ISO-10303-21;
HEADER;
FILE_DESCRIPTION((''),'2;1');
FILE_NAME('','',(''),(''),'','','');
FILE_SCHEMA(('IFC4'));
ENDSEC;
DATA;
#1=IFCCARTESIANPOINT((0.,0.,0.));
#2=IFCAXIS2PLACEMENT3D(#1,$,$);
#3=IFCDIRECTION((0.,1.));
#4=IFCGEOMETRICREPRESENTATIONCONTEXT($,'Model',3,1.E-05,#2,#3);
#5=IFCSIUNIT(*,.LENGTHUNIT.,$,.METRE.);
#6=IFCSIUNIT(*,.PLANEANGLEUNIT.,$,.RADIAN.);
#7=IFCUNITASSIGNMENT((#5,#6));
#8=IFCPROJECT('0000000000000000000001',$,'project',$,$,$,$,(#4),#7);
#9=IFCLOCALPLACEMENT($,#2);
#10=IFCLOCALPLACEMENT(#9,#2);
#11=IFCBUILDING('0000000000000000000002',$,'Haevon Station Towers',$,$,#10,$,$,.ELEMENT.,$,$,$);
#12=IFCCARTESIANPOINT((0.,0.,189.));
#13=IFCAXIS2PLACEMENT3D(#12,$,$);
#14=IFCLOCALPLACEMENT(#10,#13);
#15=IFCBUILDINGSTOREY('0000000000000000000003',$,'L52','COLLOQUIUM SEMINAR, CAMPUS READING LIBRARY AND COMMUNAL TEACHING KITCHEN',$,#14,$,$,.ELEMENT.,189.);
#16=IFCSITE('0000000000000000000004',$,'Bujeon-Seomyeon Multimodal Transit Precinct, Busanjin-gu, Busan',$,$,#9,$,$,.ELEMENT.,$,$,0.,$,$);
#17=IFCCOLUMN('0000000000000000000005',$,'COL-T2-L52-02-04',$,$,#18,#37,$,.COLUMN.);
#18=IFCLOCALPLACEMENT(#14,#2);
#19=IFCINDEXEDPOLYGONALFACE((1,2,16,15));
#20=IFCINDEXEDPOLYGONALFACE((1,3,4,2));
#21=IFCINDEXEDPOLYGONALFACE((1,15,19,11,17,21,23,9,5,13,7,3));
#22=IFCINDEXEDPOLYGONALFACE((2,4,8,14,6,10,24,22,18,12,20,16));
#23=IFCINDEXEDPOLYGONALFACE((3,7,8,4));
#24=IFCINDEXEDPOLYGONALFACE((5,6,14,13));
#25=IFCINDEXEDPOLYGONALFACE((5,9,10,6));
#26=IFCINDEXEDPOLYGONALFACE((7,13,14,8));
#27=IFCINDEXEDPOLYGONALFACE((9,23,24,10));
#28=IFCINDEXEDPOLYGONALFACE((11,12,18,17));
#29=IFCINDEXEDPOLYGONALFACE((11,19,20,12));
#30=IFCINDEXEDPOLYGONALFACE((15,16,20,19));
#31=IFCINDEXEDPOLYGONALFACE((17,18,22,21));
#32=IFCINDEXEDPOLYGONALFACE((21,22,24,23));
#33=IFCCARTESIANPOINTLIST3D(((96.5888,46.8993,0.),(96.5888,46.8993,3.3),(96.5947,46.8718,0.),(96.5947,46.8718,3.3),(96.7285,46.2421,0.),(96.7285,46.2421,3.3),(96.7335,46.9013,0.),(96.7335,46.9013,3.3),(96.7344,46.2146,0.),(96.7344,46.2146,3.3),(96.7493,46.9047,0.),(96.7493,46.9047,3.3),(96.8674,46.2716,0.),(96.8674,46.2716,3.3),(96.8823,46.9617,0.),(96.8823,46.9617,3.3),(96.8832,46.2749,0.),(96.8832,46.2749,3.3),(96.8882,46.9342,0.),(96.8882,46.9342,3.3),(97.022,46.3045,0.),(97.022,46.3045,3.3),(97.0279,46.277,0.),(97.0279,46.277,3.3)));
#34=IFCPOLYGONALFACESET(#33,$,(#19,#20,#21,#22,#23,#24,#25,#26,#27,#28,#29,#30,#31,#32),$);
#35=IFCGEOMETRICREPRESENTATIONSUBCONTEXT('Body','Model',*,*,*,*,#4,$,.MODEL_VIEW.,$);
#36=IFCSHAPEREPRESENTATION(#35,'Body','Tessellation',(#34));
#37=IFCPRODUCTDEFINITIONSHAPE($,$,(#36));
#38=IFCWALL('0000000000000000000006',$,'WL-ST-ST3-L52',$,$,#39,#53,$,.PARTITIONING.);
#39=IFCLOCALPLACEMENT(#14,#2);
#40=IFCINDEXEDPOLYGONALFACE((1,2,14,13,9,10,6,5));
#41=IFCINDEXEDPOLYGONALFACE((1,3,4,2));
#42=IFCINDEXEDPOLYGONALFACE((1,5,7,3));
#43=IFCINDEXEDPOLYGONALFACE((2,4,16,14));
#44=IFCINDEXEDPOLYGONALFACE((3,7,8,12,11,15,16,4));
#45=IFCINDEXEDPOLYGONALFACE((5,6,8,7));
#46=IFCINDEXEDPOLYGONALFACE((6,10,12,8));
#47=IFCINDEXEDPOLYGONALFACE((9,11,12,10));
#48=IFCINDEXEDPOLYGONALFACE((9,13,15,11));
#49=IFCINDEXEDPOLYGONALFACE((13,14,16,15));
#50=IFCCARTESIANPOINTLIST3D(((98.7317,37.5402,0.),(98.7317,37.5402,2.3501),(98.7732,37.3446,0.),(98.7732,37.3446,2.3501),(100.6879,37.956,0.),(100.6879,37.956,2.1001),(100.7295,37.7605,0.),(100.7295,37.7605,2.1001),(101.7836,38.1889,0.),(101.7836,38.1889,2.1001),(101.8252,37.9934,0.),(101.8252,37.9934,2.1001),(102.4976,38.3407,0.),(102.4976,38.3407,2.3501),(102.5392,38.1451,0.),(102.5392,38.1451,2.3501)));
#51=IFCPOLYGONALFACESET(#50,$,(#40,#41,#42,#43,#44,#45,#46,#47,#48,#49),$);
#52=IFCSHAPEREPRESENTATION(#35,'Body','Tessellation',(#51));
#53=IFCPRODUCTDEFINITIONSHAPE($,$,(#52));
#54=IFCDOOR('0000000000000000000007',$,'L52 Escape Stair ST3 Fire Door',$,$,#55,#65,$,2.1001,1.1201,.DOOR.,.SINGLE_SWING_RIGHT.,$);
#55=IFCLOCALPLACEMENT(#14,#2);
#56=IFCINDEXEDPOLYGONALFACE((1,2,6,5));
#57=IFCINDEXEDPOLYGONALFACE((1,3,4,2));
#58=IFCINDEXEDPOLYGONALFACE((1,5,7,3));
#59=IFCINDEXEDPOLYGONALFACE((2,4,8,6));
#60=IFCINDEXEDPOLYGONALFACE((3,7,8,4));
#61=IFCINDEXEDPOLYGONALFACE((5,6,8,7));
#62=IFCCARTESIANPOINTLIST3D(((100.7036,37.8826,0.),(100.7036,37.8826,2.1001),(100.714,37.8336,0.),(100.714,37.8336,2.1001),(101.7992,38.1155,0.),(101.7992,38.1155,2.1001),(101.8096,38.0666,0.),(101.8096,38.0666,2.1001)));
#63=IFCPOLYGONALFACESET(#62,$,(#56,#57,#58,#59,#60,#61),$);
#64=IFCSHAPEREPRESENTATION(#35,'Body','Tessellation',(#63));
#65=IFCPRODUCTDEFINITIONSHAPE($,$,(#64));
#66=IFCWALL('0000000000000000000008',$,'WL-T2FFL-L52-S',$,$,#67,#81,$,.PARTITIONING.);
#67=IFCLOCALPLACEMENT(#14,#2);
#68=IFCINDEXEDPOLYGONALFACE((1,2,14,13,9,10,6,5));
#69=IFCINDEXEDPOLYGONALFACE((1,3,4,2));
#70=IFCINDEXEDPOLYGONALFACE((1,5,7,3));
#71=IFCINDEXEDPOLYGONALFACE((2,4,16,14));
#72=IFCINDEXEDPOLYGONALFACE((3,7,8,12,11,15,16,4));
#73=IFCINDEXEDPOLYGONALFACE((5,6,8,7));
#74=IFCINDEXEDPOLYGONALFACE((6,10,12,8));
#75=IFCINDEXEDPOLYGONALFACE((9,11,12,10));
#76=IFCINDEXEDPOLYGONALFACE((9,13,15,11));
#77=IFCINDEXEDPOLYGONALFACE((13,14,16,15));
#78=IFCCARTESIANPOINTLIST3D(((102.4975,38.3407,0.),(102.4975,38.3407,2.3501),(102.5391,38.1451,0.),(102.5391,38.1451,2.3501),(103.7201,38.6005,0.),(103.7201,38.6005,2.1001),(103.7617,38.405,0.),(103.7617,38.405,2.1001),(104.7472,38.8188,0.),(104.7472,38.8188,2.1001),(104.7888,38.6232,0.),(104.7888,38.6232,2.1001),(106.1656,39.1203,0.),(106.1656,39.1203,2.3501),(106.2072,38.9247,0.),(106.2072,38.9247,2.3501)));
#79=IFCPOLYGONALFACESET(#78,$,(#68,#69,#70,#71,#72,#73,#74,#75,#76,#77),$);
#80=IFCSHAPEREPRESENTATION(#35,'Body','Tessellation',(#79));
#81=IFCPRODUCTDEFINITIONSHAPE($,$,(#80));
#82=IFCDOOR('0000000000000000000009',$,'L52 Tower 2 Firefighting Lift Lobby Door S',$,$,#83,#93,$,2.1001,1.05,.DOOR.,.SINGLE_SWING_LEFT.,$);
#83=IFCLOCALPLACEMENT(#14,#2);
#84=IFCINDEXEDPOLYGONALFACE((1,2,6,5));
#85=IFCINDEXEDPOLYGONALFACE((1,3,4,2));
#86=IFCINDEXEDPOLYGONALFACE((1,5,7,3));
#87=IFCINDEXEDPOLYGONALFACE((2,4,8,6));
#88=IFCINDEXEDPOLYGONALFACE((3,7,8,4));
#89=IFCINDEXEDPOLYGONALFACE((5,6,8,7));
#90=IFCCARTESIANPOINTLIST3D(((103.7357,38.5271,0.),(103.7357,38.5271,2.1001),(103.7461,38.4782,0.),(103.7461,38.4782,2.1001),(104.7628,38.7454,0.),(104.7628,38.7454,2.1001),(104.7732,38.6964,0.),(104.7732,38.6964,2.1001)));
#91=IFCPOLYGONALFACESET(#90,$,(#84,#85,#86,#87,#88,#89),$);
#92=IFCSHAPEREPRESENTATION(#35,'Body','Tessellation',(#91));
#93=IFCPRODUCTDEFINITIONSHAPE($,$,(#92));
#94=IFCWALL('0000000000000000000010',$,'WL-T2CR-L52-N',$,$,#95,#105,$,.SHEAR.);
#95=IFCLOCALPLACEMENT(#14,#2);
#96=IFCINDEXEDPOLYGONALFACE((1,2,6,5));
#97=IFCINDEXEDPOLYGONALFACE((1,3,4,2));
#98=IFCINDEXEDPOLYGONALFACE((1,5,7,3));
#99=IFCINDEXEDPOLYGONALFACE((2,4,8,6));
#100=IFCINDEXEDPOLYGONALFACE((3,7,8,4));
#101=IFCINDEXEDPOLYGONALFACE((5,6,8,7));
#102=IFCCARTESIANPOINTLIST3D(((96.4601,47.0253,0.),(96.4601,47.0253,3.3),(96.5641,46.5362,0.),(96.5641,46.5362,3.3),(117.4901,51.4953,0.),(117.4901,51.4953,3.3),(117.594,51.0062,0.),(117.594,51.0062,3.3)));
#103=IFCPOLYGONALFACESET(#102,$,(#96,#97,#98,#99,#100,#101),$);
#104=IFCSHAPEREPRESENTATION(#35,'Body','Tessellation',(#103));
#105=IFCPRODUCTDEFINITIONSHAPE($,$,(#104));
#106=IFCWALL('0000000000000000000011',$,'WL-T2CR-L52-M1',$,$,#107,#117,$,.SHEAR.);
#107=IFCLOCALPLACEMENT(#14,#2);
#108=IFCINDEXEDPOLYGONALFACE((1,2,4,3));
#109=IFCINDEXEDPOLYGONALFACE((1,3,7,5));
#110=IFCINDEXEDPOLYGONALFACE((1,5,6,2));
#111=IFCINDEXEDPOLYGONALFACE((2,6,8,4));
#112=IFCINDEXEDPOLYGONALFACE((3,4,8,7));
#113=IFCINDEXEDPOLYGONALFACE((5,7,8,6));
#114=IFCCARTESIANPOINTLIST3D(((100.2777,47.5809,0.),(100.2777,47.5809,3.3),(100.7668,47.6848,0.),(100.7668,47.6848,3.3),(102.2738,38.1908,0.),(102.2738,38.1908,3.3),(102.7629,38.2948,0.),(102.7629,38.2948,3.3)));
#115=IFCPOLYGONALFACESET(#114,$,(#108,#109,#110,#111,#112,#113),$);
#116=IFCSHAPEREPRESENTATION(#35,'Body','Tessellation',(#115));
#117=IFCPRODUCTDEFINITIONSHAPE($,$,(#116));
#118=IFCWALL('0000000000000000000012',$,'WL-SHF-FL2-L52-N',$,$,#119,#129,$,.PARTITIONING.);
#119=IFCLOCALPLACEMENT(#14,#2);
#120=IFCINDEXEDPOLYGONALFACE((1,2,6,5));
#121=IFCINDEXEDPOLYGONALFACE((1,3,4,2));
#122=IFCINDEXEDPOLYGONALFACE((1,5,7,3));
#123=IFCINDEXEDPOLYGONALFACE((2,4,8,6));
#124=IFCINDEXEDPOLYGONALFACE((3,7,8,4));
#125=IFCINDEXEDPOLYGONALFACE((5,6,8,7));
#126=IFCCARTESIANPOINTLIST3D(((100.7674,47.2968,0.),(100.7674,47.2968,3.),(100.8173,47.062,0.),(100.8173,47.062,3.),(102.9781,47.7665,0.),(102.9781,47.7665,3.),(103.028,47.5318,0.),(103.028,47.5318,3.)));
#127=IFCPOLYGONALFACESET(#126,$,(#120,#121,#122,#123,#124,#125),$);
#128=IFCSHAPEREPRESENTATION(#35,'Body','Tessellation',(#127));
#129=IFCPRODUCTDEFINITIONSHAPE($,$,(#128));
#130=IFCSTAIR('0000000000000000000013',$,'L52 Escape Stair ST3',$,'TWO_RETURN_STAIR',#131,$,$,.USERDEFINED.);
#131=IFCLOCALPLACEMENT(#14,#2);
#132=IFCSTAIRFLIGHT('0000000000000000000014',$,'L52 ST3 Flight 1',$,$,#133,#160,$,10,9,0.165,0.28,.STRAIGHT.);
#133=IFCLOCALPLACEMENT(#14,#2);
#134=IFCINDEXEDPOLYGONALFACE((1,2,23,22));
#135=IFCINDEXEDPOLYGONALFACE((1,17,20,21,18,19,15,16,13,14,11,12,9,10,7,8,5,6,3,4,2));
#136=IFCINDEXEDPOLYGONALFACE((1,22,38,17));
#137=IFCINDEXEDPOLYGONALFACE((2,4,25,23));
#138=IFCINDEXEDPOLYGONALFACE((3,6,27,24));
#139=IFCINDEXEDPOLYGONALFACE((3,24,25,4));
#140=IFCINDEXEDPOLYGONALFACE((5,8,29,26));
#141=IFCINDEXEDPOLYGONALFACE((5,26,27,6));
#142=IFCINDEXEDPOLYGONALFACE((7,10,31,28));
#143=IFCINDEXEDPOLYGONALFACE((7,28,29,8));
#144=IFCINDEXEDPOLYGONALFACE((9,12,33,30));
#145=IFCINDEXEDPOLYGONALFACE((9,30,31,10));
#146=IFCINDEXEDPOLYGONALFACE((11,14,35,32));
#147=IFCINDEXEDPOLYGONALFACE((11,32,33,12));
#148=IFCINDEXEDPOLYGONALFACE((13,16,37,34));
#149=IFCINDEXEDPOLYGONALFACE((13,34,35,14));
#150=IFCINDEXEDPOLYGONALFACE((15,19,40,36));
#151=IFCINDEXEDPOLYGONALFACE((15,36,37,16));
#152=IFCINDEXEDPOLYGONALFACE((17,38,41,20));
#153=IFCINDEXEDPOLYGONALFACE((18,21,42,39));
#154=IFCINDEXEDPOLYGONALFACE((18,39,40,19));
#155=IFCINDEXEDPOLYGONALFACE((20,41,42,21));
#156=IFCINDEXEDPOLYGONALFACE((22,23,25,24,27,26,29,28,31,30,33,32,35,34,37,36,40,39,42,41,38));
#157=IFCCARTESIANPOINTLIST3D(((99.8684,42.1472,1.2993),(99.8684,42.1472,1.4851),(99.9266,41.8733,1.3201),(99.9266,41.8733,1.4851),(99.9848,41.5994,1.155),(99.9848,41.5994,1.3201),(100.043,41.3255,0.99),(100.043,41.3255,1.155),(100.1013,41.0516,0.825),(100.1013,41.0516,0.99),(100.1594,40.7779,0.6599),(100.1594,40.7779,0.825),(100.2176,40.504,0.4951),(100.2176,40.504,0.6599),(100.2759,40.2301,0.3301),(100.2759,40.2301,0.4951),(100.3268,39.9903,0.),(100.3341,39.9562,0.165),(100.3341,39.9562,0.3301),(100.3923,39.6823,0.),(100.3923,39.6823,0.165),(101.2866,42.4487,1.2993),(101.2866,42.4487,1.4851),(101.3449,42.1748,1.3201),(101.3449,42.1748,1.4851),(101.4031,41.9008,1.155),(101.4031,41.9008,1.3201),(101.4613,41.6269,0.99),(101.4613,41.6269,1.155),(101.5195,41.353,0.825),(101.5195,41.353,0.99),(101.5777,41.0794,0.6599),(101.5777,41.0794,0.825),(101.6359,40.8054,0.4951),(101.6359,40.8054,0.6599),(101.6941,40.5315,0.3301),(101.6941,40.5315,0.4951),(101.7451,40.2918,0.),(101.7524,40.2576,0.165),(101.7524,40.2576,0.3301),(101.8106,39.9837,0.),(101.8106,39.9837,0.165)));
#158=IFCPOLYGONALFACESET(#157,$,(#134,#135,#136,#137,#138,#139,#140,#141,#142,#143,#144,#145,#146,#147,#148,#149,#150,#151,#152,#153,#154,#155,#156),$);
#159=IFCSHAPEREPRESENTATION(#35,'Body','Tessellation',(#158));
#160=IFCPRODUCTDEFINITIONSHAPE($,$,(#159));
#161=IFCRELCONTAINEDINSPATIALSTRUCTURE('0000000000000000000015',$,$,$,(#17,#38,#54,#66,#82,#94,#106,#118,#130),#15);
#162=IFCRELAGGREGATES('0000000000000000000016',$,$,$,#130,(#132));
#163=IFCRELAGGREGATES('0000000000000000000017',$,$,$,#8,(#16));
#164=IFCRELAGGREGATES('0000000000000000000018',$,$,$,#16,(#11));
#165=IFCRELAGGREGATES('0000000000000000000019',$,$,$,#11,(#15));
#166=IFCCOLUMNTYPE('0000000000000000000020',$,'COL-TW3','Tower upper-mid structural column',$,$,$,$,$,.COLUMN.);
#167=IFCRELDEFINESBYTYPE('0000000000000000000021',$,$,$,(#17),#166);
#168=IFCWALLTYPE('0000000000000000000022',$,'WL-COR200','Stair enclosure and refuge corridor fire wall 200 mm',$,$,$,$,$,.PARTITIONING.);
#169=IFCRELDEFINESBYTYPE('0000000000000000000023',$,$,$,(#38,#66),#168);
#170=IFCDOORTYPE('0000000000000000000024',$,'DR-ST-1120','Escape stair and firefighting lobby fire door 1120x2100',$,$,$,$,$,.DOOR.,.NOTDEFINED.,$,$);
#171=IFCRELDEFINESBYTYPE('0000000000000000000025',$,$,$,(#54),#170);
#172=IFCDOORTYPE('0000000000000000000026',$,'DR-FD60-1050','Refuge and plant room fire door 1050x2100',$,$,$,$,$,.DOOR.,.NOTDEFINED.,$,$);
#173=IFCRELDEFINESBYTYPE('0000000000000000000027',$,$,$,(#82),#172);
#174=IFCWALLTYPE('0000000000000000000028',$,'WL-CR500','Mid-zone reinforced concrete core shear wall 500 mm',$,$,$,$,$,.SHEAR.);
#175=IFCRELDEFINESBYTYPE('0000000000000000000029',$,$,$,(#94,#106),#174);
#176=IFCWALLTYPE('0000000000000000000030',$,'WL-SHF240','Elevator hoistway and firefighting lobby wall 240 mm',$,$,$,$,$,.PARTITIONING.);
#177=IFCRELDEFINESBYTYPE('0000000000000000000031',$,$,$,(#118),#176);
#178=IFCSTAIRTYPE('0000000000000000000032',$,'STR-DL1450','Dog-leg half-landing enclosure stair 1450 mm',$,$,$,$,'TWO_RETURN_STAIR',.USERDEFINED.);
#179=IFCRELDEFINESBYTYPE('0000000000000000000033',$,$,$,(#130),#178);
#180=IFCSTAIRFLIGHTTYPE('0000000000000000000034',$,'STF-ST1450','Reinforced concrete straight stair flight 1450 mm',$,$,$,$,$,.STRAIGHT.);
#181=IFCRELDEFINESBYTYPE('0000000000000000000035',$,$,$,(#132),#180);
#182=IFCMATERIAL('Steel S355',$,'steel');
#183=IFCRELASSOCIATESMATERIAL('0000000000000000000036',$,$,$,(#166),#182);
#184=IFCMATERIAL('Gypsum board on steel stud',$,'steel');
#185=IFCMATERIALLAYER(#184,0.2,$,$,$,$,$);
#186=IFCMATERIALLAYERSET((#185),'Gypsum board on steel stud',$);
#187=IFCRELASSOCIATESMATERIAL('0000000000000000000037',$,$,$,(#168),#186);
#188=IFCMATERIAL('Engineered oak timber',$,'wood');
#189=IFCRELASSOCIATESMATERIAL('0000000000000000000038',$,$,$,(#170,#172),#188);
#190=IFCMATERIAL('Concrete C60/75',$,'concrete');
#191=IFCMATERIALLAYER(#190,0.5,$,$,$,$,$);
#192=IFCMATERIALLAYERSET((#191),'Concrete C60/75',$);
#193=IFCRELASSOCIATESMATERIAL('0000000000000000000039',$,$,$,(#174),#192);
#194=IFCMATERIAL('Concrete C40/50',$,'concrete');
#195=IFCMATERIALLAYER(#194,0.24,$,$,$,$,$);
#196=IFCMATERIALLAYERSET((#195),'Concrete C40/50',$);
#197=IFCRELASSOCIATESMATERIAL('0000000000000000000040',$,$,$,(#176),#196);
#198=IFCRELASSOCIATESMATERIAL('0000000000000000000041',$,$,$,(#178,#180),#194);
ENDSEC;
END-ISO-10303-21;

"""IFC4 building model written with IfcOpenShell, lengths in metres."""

from ifc_helpers import new_model, si_unit, direction, frame, frame_2d, origin, origin_2d, place, context, subcontext, project, spatial, polyline, rectangle, i_section, outline, extrude, material, layer, layer_set, material_profile, profile_set, type_object, element, fill, aggregate, save


model = new_model("IFC4")

# Units and contexts
model_context = context("Model", 3, precision=1e-05, world=origin(), true_north=direction((0.0, 1.0)))
body_context = subcontext(model_context, "Body", "Model", "MODEL_VIEW")
ifc_project = project(units=[si_unit("LENGTHUNIT", "METRE"), si_unit("PLANEANGLEUNIT", "RADIAN")], contexts=[model_context])

# Site, building, storey
site_placement = place(None, origin())
site = spatial("IfcSite", under=ifc_project, at=site_placement, Name="Bujeon-Seomyeon Multimodal Transit Precinct, Busanjin-gu, Busan", CompositionType="ELEMENT", RefElevation=0.0)
building_placement = place(site_placement, origin())
building = spatial("IfcBuilding", under=site, at=building_placement, Name="Haevon Station Towers", CompositionType="ELEMENT")
storey_placement = place(building_placement, frame((0.0, 0.0, 189.0)))
storey = spatial("IfcBuildingStorey", under=building, at=storey_placement, Name="L52", Description="COLLOQUIUM SEMINAR, CAMPUS READING LIBRARY AND COMMUNAL TEACHING KITCHEN", CompositionType="ELEMENT", Elevation=189.0)

# Column
ifc_material_1 = material(Name="Steel S355", Category="steel")
ifc_material_profile = material_profile(ifc_material_1, i_section(OverallWidth=0.3, OverallDepth=0.7, WebThickness=0.0161, FlangeThickness=0.0281, at=origin_2d()), Name="H-700x300x16x28")
ifc_profile_set = profile_set([ifc_material_profile], Name="Steel S355")
column_type = type_object("IfcColumnType", Name="COL-TW3", Description="Tower upper-mid structural column", PredefinedType="COLUMN", material=ifc_profile_set)
column_placement = place(storey_placement, frame((96.8083, 46.5881, 0.0), z_axis=(0.0, 0.0, 1.0), x_axis=(0.978148, 0.207912, 0.0)))
element("IfcColumn", 1, at=column_placement, inside=storey, type_object=column_type, Name="COL-T2-L52-02-04", PredefinedType="COLUMN", context=body_context, shape_type="SweptSolid", body=[
    extrude(i_section(OverallWidth=0.3, OverallDepth=0.7, WebThickness=0.0161, FlangeThickness=0.0281, at=origin_2d()), origin(), (0.0, 0.0, 1.0), 3.3),
])

# Walls, openings, doors
ifc_material_2 = material(Name="Gypsum board on steel stud", Category="steel")
ifc_layer_1 = layer(ifc_material_2, 0.2)
ifc_layer_set_1 = layer_set([ifc_layer_1], Name="Gypsum board on steel stud")
wall_type_1 = type_object("IfcWallType", Name="WL-COR200", Description="Stair enclosure and refuge corridor fire wall 200 mm", PredefinedType="PARTITIONING", material=ifc_layer_set_1)
wall_1_placement = place(storey_placement, frame((98.7524, 37.4424, 0.0), z_axis=(0.0, 0.0, 1.0), x_axis=(0.978144, 0.207931, 0.0)))
wall_1 = element("IfcWall", 2, at=wall_1_placement, inside=storey, type_object=wall_type_1, Name="WL-ST-ST3-L52", PredefinedType="PARTITIONING", context=body_context, shape_type="SweptSolid", body=[
    extrude(rectangle(XDim=3.8501, YDim=0.2, at=frame_2d((1.925, 0.0))), origin(), (0.0, 0.0, 1.0), 2.3501),
])
opening_1_placement = place(wall_1_placement, frame((2.0, 0.0, 0.0)))
opening_1 = element("IfcOpeningElement", 3, at=opening_1_placement, cuts=wall_1, PredefinedType="OPENING", context=body_context, shape_type="SweptSolid", body=[
    extrude(rectangle(XDim=1.1201, YDim=2.1001, at=frame_2d((0.5601, 1.05))), frame((0.0, 0.1099, 0.0), z_axis=(0.0, -1.0, 0.0), x_axis=(1.0, 0.0, 0.0)), (0.0, 0.0, 1.0), 0.22),
])
ifc_material_3 = material(Name="Engineered oak timber", Category="wood")
door_type_1 = type_object("IfcDoorType", Name="DR-ST-1120", Description="Escape stair and firefighting lobby fire door 1120x2100", OperationType="NOTDEFINED", PredefinedType="DOOR", material=ifc_material_3)
door_1_placement = place(opening_1_placement, origin())
door_1 = element("IfcDoor", 4, at=door_1_placement, inside=storey, type_object=door_type_1, Name="L52 Escape Stair ST3 Fire Door", OperationType="SINGLE_SWING_RIGHT", OverallHeight=2.1001, OverallWidth=1.1201, PredefinedType="DOOR", context=body_context, shape_type="SweptSolid", body=[
    extrude(rectangle(XDim=1.1201, YDim=2.1001, at=frame_2d((0.5601, 1.05))), frame((0.0, 0.0249, 0.0), z_axis=(0.0, -1.0, 0.0), x_axis=(1.0, 0.0, 0.0)), (0.0, 0.0, 1.0), 0.05),
])
fill(opening_1, door_1)
wall_2_placement = place(storey_placement, frame((102.5183, 38.2429, 0.0), z_axis=(0.0, 0.0, 1.0), x_axis=(0.978154, 0.207884, 0.0)))
wall_2 = element("IfcWall", 5, at=wall_2_placement, inside=storey, type_object=wall_type_1, Name="WL-T2FFL-L52-S", PredefinedType="PARTITIONING", context=body_context, shape_type="SweptSolid", body=[
    extrude(rectangle(XDim=3.75, YDim=0.2, at=frame_2d((1.875, 0.0))), origin(), (0.0, 0.0, 1.0), 2.3501),
])
opening_2_placement = place(wall_2_placement, frame((1.25, 0.0, 0.0)))
opening_2 = element("IfcOpeningElement", 6, at=opening_2_placement, cuts=wall_2, PredefinedType="OPENING", context=body_context, shape_type="SweptSolid", body=[
    extrude(rectangle(XDim=1.05, YDim=2.1001, at=frame_2d((0.5249, 1.05))), frame((0.0, 0.1099, 0.0), z_axis=(0.0, -1.0, 0.0), x_axis=(1.0, 0.0, 0.0)), (0.0, 0.0, 1.0), 0.22),
])
door_type_2 = type_object("IfcDoorType", Name="DR-FD60-1050", Description="Refuge and plant room fire door 1050x2100", OperationType="NOTDEFINED", PredefinedType="DOOR", material=ifc_material_3)
door_2_placement = place(opening_2_placement, origin())
door_2 = element("IfcDoor", 7, at=door_2_placement, inside=storey, type_object=door_type_2, Name="L52 Tower 2 Firefighting Lift Lobby Door S", OperationType="SINGLE_SWING_LEFT", OverallHeight=2.1001, OverallWidth=1.05, PredefinedType="DOOR", context=body_context, shape_type="SweptSolid", body=[
    extrude(rectangle(XDim=1.05, YDim=2.1001, at=frame_2d((0.5249, 1.05))), frame((0.0, 0.0249, 0.0), z_axis=(0.0, -1.0, 0.0), x_axis=(1.0, 0.0, 0.0)), (0.0, 0.0, 1.0), 0.05),
])
fill(opening_2, door_2)

# Walls
ifc_material_4 = material(Name="Concrete C60/75", Category="concrete")
ifc_layer_2 = layer(ifc_material_4, 0.5)
ifc_layer_set_2 = layer_set([ifc_layer_2], Name="Concrete C60/75")
wall_type_2 = type_object("IfcWallType", Name="WL-CR500", Description="Mid-zone reinforced concrete core shear wall 500 mm", PredefinedType="SHEAR", material=ifc_layer_set_2)
wall_3_placement = place(storey_placement, frame((96.512, 46.7808, 0.0), z_axis=(0.0, 0.0, 1.0), x_axis=(0.978149, 0.207907, 0.0)))
element("IfcWall", 8, at=wall_3_placement, inside=storey, type_object=wall_type_2, Name="WL-T2CR-L52-N", PredefinedType="SHEAR", context=body_context, shape_type="SweptSolid", body=[
    extrude(rectangle(XDim=21.4998, YDim=0.5, at=frame_2d((10.75, 0.0))), origin(), (0.0, 0.0, 1.0), 3.3),
])
wall_4_placement = place(storey_placement, frame((102.5183, 38.2429, 0.0), z_axis=(0.0, 0.0, 1.0), x_axis=(-0.207927, 0.978144, 0.0)))
element("IfcWall", 9, at=wall_4_placement, inside=storey, type_object=wall_type_2, Name="WL-T2CR-L52-M1", PredefinedType="SHEAR", context=body_context, shape_type="SweptSolid", body=[
    extrude(rectangle(XDim=9.5999, YDim=0.5, at=frame_2d((4.7998, 0.0))), origin(), (0.0, 0.0, 1.0), 3.3),
])

# Shared definitions
ifc_material_5 = material(Name="Concrete C40/50", Category="concrete")
ifc_layer_3 = layer(ifc_material_5, 0.24)
ifc_layer_set_3 = layer_set([ifc_layer_3], Name="Concrete C40/50")
wall_type_3 = type_object("IfcWallType", Name="WL-SHF240", Description="Elevator hoistway and firefighting lobby wall 240 mm", PredefinedType="PARTITIONING", material=ifc_layer_set_3)

# Wall
wall_5_placement = place(storey_placement, frame((100.7925, 47.1794, 0.0), z_axis=(0.0, 0.0, 1.0), x_axis=(0.978163, 0.207839, 0.0)))
element("IfcWall", 10, at=wall_5_placement, inside=storey, type_object=wall_type_3, Name="WL-SHF-FL2-L52-N", PredefinedType="PARTITIONING", context=body_context, shape_type="SweptSolid", body=[
    extrude(rectangle(XDim=2.26, YDim=0.24, at=frame_2d((1.1299, 0.0))), origin(), (0.0, 0.0, 1.0), 3.0),
])

# Stair, stair flight
stair_type = type_object("IfcStairType", Name="STR-DL1450", Description="Dog-leg half-landing enclosure stair 1450 mm", ElementType="TWO_RETURN_STAIR", PredefinedType="USERDEFINED", material=ifc_material_5)
stair_placement = place(storey_placement, origin())
stair = element("IfcStair", 11, at=stair_placement, inside=storey, type_object=stair_type, Name="L52 Escape Stair ST3", ObjectType="TWO_RETURN_STAIR", PredefinedType="USERDEFINED")
stair_flight_type = type_object("IfcStairFlightType", Name="STF-ST1450", Description="Reinforced concrete straight stair flight 1450 mm", PredefinedType="STRAIGHT", material=ifc_material_5)
stair_flight_1_placement = place(storey_placement, frame((101.1016, 39.833, 0.0), z_axis=(0.0, 0.0, 1.0), x_axis=(-0.207912, 0.978148, 0.0)))
stair_flight_1 = element("IfcStairFlight", 12, at=stair_flight_1_placement, type_object=stair_flight_type, Name="L52 ST3 Flight 1", NumberOfRisers=10, NumberOfTreads=9, PredefinedType="STRAIGHT", RiserHeight=0.165, TreadLength=0.28, context=body_context, shape_type="SweptSolid", body=[
    extrude(outline(polyline([(0.0, 0.0), (0.0, 0.165), (0.28, 0.165), (0.28, 0.3301), (0.5601, 0.3301), (0.5601, 0.4951), (0.8401, 0.4951), (0.8401, 0.6599), (1.1201, 0.6599), (1.1201, 0.825), (1.3999, 0.825), (1.3999, 0.99), (1.6799, 0.99), (1.6799, 1.155), (1.96, 1.155), (1.96, 1.3201), (2.24, 1.3201), (2.24, 1.4851), (2.52, 1.4851), (2.52, 1.6499), (2.52, 1.2993), (0.3149, 0.0), (0.0, 0.0)])), frame((0.0, 0.7251, 0.0), z_axis=(0.0, -1.0, 0.0), x_axis=(1.0, 0.0, 0.0)), (0.0, 0.0, 1.0), 1.45),
])
aggregate(stair, [stair_flight_1])

save(model, "model.ifc")
